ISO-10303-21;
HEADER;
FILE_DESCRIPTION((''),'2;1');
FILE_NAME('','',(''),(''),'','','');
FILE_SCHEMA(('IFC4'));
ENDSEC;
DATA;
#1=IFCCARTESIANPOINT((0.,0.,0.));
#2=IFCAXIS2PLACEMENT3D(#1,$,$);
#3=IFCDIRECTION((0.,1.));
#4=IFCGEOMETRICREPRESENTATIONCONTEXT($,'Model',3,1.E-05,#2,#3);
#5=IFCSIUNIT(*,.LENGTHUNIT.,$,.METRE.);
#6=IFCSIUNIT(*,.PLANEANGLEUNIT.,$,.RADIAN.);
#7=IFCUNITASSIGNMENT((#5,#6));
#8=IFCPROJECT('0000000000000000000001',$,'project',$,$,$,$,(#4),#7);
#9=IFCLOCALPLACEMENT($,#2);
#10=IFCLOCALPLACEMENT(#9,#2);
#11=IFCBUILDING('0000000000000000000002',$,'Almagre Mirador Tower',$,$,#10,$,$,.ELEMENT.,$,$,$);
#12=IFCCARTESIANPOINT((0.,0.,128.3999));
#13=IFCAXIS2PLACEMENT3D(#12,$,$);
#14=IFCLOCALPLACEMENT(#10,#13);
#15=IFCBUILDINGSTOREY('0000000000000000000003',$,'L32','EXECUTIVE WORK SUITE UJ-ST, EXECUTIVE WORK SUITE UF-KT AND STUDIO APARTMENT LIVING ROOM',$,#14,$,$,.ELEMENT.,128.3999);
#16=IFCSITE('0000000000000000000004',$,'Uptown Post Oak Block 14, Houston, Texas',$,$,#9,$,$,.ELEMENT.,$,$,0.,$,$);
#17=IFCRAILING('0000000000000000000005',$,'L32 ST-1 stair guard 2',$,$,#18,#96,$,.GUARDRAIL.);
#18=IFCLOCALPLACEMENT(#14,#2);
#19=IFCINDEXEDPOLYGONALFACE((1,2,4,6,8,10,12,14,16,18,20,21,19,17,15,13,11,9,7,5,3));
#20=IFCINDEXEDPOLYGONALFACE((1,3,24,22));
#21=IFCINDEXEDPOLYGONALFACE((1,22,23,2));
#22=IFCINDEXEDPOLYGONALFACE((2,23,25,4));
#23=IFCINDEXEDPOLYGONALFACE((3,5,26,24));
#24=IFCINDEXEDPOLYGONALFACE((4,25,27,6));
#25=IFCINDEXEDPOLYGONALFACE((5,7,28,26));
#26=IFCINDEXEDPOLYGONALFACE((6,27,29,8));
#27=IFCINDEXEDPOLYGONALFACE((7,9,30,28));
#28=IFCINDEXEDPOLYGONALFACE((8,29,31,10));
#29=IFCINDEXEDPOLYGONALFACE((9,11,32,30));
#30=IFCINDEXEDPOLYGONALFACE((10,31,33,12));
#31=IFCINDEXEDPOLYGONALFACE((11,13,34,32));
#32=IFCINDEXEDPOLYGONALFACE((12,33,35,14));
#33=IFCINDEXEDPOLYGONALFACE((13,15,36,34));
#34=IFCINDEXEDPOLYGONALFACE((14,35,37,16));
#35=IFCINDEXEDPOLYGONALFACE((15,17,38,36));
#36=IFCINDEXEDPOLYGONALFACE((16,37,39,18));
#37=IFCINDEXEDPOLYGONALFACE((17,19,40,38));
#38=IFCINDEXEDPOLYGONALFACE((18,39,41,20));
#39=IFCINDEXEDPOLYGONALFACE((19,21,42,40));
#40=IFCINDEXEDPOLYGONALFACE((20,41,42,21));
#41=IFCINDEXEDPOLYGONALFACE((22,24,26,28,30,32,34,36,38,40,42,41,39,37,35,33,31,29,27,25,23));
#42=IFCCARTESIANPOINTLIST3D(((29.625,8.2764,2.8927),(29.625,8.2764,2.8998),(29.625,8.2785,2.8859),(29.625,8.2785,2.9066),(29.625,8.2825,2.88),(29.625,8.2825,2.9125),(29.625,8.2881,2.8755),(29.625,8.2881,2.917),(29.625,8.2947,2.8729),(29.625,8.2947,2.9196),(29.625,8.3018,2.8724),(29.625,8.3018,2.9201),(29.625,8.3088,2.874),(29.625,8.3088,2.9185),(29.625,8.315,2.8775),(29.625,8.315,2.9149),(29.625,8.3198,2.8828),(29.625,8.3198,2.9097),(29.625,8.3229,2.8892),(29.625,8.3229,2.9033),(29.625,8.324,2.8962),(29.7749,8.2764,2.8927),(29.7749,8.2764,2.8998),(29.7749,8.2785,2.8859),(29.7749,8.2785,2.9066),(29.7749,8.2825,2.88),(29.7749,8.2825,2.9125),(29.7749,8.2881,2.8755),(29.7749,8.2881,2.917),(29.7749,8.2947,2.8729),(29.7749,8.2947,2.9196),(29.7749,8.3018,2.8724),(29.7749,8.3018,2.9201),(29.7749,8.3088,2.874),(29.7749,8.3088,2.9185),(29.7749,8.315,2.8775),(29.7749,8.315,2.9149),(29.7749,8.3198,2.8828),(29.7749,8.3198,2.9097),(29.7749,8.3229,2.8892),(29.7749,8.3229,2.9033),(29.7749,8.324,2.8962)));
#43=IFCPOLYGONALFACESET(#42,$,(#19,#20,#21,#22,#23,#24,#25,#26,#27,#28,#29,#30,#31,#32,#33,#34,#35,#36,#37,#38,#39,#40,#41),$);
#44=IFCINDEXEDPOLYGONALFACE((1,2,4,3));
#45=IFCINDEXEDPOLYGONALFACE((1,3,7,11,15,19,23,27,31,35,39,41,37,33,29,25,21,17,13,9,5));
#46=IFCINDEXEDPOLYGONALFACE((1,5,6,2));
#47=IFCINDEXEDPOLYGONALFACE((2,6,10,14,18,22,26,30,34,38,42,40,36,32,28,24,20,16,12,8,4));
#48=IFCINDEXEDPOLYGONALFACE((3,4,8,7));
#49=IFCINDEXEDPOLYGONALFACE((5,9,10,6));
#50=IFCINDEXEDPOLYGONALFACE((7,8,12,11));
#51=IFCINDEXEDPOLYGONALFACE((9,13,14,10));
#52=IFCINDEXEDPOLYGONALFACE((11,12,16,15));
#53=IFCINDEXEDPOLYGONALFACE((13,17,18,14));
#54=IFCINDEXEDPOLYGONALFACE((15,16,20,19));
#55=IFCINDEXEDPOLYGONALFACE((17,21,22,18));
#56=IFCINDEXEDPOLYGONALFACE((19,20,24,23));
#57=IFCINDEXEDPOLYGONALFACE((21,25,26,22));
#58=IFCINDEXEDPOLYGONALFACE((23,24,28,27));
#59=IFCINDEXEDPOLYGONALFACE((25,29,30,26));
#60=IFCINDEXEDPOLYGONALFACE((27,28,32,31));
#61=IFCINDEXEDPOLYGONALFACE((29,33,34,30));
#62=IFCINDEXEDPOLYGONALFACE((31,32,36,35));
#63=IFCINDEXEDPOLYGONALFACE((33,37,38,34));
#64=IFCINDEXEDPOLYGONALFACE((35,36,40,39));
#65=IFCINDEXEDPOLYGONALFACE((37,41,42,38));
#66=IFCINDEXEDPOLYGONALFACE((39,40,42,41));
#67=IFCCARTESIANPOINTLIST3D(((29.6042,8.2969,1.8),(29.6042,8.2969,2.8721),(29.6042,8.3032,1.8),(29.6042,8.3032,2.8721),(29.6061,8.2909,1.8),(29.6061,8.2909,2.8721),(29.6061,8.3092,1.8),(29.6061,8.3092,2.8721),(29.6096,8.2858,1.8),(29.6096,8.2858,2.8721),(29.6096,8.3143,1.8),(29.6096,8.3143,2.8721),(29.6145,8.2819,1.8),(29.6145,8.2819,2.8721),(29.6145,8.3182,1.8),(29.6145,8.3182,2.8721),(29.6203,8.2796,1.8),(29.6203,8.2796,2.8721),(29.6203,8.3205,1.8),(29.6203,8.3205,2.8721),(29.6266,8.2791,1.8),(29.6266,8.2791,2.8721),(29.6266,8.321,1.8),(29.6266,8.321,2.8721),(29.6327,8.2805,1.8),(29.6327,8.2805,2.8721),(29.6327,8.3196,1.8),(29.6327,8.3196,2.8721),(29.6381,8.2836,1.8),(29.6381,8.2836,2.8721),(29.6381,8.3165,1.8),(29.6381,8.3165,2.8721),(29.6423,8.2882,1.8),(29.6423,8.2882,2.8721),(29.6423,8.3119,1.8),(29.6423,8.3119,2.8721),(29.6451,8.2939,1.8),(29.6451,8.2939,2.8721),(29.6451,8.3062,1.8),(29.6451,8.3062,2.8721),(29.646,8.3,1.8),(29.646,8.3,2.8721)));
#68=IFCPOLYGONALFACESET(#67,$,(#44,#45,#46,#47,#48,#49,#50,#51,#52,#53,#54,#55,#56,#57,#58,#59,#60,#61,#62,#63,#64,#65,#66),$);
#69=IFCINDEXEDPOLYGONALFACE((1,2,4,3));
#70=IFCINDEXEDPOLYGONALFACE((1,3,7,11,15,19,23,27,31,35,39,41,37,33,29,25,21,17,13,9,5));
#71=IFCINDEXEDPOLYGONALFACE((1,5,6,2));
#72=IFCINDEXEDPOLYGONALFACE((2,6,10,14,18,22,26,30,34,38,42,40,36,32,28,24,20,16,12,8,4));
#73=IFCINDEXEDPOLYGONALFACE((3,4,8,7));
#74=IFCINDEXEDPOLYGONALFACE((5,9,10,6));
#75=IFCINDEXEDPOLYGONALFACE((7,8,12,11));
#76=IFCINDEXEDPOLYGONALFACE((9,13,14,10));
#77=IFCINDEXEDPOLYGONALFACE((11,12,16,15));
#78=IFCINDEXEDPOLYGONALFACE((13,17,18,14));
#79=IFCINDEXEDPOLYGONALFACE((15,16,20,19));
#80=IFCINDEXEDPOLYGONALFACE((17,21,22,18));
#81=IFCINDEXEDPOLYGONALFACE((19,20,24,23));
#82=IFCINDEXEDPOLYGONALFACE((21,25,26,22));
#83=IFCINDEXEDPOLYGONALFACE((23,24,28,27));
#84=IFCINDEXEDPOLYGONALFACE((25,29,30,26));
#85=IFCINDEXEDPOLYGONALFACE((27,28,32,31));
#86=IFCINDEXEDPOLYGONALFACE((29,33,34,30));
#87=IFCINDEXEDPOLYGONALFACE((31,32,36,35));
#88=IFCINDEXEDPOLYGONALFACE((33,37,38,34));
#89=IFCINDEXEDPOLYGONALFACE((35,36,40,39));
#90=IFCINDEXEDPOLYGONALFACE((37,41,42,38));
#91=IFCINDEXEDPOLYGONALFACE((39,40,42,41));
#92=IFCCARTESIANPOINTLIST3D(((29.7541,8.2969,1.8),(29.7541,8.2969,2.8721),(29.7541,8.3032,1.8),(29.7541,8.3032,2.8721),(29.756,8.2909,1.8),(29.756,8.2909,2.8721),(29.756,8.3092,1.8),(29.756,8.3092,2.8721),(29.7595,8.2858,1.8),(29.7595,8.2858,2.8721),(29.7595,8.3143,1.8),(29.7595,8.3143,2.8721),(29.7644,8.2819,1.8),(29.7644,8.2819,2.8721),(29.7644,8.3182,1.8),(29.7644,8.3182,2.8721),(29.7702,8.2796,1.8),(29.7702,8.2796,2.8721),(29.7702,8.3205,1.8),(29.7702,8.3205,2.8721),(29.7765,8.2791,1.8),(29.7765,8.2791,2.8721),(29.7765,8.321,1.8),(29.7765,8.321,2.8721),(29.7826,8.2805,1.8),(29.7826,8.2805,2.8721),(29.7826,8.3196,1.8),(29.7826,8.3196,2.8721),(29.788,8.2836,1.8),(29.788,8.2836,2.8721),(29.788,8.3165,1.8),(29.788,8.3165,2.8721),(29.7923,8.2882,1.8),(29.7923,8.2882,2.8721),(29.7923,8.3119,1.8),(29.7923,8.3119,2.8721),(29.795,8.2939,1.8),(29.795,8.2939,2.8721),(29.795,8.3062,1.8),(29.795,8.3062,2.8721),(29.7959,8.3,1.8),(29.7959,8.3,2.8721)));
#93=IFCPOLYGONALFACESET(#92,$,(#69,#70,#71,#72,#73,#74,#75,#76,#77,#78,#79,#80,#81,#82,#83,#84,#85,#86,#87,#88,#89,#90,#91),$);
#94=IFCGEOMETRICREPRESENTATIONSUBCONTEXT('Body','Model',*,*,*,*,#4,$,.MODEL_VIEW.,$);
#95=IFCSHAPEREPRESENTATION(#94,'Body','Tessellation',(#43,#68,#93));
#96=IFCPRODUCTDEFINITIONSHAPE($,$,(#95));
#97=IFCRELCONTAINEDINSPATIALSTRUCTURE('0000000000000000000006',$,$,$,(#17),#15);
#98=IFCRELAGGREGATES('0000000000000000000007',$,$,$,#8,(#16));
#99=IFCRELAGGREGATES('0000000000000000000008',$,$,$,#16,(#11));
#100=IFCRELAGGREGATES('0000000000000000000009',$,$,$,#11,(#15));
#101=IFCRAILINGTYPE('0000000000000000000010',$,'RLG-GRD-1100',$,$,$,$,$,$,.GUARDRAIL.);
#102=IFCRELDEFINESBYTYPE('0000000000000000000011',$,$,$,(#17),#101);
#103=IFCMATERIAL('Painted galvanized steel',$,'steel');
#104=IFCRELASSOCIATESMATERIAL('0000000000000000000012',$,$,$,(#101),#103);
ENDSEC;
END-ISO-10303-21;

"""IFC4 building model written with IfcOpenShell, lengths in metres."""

from ifc_helpers import new_model, si_unit, direction, frame, origin, origin_2d, place, context, subcontext, project, spatial, circle, extrude, material, type_object, element, save


model = new_model("IFC4")

# Units and contexts
model_context = context("Model", 3, precision=1e-05, world=origin(), true_north=direction((0.0, 1.0)))
body_context = subcontext(model_context, "Body", "Model", "MODEL_VIEW")
ifc_project = project(units=[si_unit("LENGTHUNIT", "METRE"), si_unit("PLANEANGLEUNIT", "RADIAN")], contexts=[model_context])

# Site, building, storey
site_placement = place(None, origin())
site = spatial("IfcSite", under=ifc_project, at=site_placement, Name="Uptown Post Oak Block 14, Houston, Texas", CompositionType="ELEMENT", RefElevation=0.0)
building_placement = place(site_placement, origin())
building = spatial("IfcBuilding", under=site, at=building_placement, Name="Almagre Mirador Tower", CompositionType="ELEMENT")
storey_placement = place(building_placement, frame((0.0, 0.0, 128.3999)))
storey = spatial("IfcBuildingStorey", under=building, at=storey_placement, Name="L32", Description="EXECUTIVE WORK SUITE UJ-ST, EXECUTIVE WORK SUITE UF-KT AND STUDIO APARTMENT LIVING ROOM", CompositionType="ELEMENT", Elevation=128.3999)

# Railing
ifc_material_1 = material(Name="Painted galvanized steel", Category="steel")
railing_type_1 = type_object("IfcRailingType", Name="RLG-GRD-1100", PredefinedType="GUARDRAIL", material=ifc_material_1)
railing_1_placement = place(storey_placement, frame((29.625, 8.3, 1.8)))
element("IfcRailing", 1, at=railing_1_placement, inside=storey, type_object=railing_type_1, Name="L32 ST-1 stair guard 2", PredefinedType="GUARDRAIL", context=body_context, shape_type="SweptSolid", body=[
    extrude(circle(Radius=0.0239, at=origin_2d()), frame((0.0, 0.0, 1.0962), z_axis=(1.0, 0.0, 0.0), x_axis=(0.0, 1.0, 0.0)), (0.0, 0.0, 1.0), 0.1499),
    extrude(circle(Radius=0.021, at=origin_2d()), origin(), (0.0, 0.0, 1.0), 1.072),
    extrude(circle(Radius=0.021, at=origin_2d()), frame((0.1499, 0.0, 0.0)), (0.0, 0.0, 1.0), 1.072),
])

save(model, "model.ifc")
